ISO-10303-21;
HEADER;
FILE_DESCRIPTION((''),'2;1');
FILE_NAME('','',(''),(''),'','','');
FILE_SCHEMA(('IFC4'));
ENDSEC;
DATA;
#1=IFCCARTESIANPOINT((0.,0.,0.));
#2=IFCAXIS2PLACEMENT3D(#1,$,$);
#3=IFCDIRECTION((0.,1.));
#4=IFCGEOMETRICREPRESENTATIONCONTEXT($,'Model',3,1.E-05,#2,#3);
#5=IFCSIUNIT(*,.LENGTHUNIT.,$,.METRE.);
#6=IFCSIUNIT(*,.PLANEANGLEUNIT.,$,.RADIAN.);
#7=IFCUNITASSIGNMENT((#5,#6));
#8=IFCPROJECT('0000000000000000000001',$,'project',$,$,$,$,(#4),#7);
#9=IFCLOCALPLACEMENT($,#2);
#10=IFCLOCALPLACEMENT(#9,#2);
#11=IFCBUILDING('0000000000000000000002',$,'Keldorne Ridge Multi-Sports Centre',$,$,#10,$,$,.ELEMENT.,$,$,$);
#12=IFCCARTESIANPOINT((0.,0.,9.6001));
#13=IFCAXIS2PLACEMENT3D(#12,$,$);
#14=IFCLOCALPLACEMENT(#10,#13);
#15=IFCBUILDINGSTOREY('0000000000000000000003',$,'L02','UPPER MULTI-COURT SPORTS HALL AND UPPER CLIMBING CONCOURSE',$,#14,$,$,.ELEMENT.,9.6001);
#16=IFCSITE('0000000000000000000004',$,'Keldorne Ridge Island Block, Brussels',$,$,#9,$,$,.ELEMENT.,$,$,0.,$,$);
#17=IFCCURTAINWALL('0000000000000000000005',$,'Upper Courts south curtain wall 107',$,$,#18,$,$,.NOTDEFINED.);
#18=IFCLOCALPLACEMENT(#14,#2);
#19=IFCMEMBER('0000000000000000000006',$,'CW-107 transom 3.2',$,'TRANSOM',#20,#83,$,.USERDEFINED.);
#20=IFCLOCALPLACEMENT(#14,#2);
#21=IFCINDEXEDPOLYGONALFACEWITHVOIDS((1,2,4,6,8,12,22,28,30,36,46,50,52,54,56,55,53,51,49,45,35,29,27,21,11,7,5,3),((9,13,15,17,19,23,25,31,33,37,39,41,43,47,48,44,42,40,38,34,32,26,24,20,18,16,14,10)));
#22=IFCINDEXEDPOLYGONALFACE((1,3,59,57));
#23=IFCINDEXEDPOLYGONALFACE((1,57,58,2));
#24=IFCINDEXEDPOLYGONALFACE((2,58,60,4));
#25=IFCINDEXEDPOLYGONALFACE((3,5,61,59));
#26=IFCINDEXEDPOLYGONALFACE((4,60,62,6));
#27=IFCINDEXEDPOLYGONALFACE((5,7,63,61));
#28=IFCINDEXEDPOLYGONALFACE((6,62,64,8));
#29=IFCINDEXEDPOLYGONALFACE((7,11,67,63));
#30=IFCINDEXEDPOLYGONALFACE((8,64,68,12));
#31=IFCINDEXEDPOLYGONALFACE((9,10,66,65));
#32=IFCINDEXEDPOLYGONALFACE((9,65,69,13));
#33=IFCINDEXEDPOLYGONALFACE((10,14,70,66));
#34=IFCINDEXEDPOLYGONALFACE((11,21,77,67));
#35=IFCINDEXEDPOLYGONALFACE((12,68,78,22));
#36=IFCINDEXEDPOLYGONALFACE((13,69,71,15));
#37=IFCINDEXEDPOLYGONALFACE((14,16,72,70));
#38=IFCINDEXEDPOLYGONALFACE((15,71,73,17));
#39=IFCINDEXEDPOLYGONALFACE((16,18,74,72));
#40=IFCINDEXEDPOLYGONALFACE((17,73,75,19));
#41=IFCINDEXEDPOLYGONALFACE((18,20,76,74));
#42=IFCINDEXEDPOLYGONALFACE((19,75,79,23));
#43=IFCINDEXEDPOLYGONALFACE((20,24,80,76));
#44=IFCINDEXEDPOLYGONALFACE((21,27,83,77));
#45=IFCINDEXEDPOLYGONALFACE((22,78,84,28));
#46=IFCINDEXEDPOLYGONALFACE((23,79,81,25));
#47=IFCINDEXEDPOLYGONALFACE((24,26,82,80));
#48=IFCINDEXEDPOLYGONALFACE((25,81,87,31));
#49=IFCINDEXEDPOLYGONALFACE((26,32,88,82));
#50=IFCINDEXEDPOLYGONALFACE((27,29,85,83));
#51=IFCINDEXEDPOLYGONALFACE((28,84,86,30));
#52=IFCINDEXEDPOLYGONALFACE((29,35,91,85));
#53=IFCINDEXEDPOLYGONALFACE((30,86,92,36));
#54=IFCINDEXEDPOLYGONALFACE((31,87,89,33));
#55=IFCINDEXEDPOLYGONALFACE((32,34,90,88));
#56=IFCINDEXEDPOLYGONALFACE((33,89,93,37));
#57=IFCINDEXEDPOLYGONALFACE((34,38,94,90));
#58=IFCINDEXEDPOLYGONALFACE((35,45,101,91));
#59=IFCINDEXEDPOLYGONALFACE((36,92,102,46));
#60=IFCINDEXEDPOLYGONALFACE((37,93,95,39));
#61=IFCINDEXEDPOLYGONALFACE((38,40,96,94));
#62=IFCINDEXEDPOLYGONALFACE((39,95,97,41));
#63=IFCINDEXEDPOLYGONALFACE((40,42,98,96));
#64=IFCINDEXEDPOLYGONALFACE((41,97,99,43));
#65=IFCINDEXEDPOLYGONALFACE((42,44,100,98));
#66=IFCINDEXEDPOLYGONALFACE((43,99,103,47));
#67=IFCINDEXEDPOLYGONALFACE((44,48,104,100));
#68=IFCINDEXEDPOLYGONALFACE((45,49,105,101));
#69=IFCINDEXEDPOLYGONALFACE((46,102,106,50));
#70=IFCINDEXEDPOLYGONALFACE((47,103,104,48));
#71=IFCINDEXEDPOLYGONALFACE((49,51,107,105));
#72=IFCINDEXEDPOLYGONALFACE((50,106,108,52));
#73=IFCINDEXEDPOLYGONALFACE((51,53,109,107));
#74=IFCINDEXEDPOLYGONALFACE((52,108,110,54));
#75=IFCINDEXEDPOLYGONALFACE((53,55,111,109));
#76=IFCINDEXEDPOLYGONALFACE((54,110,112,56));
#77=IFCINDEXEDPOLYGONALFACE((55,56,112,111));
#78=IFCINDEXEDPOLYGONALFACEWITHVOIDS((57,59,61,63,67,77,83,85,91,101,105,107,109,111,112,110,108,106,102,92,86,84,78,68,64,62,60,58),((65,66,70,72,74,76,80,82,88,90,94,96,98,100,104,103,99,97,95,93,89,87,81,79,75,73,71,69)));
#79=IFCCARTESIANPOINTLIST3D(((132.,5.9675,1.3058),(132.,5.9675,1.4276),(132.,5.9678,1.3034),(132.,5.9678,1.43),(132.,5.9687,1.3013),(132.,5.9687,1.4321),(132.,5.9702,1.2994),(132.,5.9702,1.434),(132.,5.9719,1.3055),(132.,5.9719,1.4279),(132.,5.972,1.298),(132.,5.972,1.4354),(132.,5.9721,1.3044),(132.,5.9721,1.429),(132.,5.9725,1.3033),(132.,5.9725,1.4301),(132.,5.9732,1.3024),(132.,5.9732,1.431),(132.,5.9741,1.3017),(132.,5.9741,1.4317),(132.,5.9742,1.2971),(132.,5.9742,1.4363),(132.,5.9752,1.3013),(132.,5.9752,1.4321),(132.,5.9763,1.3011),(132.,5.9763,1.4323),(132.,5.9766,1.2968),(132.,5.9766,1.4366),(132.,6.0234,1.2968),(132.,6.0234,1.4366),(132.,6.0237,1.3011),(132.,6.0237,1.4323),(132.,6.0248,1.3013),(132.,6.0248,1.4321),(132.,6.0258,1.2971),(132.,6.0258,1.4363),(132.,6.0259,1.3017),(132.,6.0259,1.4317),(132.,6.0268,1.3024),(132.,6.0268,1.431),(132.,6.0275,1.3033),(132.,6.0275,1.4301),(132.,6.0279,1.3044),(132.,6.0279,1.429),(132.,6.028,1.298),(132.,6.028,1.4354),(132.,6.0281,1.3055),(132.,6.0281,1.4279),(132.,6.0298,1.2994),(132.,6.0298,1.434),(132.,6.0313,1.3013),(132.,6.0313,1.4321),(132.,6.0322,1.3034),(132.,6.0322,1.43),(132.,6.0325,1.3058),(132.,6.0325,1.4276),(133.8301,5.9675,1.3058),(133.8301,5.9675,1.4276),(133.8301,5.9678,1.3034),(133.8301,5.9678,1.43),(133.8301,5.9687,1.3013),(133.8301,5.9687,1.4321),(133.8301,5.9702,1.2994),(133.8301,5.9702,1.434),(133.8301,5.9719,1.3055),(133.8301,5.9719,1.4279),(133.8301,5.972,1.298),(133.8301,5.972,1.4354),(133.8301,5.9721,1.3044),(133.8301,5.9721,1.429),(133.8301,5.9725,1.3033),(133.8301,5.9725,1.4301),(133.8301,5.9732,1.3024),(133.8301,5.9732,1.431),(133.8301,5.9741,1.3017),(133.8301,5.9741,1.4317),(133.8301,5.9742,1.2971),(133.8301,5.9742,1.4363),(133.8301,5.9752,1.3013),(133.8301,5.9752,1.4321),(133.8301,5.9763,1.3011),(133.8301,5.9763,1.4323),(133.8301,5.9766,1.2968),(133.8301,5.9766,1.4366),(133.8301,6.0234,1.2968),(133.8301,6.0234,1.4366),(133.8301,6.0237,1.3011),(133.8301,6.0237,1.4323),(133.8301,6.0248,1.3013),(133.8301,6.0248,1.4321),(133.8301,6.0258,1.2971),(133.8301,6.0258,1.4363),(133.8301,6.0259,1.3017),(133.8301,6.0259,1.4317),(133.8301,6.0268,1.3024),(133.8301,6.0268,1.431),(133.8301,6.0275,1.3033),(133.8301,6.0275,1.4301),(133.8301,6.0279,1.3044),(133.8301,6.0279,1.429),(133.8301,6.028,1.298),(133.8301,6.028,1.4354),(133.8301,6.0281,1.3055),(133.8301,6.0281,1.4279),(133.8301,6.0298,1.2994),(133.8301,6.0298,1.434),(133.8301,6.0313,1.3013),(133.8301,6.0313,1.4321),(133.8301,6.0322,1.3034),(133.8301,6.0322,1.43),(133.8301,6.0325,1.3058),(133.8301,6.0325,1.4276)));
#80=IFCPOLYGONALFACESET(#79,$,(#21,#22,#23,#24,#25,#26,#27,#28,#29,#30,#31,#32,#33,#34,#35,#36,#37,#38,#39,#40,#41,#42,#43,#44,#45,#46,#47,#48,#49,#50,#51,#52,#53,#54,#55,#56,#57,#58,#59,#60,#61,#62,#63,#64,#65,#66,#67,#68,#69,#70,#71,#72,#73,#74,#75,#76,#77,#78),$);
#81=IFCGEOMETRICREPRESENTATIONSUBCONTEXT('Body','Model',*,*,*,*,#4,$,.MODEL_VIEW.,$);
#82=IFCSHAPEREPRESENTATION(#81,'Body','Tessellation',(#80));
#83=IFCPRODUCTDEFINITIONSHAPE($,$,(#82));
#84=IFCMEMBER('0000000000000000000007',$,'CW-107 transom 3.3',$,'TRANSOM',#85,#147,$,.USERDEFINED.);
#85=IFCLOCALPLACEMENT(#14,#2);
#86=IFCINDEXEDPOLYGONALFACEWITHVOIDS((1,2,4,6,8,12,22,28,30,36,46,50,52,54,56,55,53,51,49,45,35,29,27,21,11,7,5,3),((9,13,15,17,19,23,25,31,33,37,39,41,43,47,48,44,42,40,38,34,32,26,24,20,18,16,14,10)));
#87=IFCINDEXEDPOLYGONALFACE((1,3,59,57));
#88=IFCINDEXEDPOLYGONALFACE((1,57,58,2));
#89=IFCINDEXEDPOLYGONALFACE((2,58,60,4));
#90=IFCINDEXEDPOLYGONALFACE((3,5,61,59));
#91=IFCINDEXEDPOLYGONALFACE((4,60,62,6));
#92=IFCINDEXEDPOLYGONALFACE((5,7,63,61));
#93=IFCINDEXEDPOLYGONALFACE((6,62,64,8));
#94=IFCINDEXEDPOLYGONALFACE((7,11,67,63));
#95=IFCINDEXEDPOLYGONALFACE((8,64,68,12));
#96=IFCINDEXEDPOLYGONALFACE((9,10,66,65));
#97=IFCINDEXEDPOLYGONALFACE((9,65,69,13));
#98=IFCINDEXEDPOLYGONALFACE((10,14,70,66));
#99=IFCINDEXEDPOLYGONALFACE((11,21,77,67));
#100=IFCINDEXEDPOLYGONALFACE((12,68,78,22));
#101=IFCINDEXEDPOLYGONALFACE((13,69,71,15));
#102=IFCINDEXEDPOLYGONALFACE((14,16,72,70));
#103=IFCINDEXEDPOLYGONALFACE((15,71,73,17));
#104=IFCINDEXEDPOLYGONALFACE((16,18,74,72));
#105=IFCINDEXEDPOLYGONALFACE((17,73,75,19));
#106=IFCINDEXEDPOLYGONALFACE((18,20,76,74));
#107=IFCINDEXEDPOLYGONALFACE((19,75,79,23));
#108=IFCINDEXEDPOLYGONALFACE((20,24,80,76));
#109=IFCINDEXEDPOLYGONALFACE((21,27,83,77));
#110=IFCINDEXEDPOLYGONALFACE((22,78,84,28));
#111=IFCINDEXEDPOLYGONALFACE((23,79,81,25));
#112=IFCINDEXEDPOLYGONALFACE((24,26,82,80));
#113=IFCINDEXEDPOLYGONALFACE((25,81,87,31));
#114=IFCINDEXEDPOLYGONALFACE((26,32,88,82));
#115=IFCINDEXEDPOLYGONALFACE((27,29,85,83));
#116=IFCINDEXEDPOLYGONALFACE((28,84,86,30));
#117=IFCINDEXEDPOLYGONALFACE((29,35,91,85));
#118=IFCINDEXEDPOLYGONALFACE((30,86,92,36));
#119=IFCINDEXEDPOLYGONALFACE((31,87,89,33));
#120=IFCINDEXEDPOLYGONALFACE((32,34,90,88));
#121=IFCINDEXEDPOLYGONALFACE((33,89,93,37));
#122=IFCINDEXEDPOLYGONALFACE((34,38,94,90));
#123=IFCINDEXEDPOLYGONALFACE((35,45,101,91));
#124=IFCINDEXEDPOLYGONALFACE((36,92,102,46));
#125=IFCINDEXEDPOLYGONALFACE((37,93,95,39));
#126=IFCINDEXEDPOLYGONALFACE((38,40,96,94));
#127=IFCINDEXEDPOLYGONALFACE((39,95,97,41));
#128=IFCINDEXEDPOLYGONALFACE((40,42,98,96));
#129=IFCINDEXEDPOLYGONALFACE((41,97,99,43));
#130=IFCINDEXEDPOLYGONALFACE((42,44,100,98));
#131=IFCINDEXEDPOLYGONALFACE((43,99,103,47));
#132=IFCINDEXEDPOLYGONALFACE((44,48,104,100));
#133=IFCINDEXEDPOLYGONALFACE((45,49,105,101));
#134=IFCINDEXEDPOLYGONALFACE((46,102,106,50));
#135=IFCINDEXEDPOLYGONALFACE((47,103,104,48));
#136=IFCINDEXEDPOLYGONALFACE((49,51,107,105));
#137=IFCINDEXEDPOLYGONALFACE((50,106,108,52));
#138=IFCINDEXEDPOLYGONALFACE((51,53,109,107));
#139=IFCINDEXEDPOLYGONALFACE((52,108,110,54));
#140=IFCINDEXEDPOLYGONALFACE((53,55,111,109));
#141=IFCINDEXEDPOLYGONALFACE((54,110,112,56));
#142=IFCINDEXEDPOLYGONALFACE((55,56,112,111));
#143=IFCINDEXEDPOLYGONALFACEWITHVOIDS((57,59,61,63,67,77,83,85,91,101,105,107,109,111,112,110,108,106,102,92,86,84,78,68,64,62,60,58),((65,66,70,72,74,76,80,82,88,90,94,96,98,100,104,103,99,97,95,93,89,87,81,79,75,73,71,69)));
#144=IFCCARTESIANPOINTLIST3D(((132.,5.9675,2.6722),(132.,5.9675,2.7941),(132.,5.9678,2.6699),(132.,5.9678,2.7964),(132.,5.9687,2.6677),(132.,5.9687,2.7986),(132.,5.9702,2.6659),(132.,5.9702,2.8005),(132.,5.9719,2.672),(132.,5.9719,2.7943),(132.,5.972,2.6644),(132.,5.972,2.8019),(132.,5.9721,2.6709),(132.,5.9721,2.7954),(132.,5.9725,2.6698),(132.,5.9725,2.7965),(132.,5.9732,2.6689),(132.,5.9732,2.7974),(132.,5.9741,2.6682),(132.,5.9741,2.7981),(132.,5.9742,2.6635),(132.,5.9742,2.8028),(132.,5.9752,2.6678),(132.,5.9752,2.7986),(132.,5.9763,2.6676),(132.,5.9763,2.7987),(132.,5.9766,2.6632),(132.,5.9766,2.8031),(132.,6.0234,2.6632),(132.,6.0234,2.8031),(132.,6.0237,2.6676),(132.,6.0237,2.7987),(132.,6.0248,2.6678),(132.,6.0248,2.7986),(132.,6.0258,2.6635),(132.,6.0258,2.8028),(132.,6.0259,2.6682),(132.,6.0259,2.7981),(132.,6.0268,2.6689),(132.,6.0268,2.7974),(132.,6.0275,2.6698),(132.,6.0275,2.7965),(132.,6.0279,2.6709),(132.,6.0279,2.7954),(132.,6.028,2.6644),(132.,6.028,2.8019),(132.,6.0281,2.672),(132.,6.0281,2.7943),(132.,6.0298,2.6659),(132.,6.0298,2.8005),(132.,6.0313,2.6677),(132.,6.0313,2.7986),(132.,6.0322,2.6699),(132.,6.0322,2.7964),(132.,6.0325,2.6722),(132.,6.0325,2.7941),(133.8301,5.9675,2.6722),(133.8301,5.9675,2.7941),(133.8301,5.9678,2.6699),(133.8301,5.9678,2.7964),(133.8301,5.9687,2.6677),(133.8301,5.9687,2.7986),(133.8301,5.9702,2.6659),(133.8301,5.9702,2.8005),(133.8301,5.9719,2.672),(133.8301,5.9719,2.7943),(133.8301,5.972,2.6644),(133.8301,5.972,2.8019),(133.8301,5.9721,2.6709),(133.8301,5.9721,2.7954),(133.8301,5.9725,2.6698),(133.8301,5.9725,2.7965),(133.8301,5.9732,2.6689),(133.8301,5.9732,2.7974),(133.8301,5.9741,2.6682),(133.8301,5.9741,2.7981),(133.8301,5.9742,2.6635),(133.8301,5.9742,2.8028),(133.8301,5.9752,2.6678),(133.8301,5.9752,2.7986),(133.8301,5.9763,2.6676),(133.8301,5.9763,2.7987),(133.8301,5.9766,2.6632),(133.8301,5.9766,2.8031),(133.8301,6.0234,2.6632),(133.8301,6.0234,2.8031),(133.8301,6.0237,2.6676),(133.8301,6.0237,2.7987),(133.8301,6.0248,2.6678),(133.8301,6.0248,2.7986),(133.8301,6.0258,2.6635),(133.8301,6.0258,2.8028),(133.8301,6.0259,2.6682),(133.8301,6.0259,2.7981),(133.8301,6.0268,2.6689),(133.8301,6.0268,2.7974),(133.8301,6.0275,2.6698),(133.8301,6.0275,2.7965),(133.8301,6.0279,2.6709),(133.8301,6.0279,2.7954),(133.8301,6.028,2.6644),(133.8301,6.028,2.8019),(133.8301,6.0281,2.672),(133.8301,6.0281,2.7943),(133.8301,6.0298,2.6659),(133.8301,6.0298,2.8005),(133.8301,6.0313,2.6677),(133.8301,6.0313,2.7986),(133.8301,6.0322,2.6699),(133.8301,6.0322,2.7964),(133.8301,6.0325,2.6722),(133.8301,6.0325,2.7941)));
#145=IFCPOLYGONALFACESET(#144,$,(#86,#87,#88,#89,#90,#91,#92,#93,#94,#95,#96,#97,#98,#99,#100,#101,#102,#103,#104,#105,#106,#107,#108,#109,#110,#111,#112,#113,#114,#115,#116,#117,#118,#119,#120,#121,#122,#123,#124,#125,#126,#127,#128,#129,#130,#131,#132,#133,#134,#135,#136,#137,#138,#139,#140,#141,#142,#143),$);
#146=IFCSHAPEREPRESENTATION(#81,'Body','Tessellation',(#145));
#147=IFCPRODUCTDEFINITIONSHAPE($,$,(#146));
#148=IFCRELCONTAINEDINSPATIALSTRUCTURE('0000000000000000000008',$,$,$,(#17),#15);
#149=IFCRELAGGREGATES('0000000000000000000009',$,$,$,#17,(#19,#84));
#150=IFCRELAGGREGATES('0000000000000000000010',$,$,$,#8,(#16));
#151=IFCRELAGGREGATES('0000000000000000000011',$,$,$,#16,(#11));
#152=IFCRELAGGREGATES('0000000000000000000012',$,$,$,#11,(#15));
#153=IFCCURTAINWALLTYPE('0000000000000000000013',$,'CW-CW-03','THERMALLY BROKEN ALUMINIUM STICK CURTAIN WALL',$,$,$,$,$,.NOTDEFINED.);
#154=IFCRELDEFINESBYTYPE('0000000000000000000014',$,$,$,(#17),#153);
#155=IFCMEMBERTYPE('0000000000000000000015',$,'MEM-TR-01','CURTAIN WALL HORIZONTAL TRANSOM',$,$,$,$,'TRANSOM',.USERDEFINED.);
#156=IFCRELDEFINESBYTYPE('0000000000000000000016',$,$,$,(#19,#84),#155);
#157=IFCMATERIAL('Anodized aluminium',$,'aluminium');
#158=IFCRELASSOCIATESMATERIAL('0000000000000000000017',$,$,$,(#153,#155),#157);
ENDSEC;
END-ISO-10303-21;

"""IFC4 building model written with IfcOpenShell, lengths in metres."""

from ifc_helpers import new_model, si_unit, direction, frame, origin, origin_2d, place, context, subcontext, project, spatial, hollow_rectangle, extrude, material, material_profile, profile_set, type_object, element, aggregate, save


model = new_model("IFC4")

# Units and contexts
model_context = context("Model", 3, precision=1e-05, world=origin(), true_north=direction((0.0, 1.0)))
body_context = subcontext(model_context, "Body", "Model", "MODEL_VIEW")
ifc_project = project(units=[si_unit("LENGTHUNIT", "METRE"), si_unit("PLANEANGLEUNIT", "RADIAN")], contexts=[model_context])

# Site, building, storey
site_placement = place(None, origin())
site = spatial("IfcSite", under=ifc_project, at=site_placement, Name="Keldorne Ridge Island Block, Brussels", CompositionType="ELEMENT", RefElevation=0.0)
building_placement = place(site_placement, origin())
building = spatial("IfcBuilding", under=site, at=building_placement, Name="Keldorne Ridge Multi-Sports Centre", CompositionType="ELEMENT")
storey_placement = place(building_placement, frame((0.0, 0.0, 9.6001)))
storey = spatial("IfcBuildingStorey", under=building, at=storey_placement, Name="L02", Description="UPPER MULTI-COURT SPORTS HALL AND UPPER CLIMBING CONCOURSE", CompositionType="ELEMENT", Elevation=9.6001)

# Curtain wall, members
ifc_material_1 = material(Name="Anodized aluminium", Category="aluminium")
curtain_wall_type = type_object("IfcCurtainWallType", Name="CW-CW-03", Description="THERMALLY BROKEN ALUMINIUM STICK CURTAIN WALL", PredefinedType="NOTDEFINED", material=ifc_material_1)
curtain_wall_placement = place(storey_placement, origin())
curtain_wall = element("IfcCurtainWall", 1, at=curtain_wall_placement, inside=storey, type_object=curtain_wall_type, Name="Upper Courts south curtain wall 107", PredefinedType="NOTDEFINED")
ifc_material_profile_1 = material_profile(ifc_material_1, hollow_rectangle(XDim=0.0649, YDim=0.1399, WallThickness=0.0044, InnerFilletRadius=0.0044, OuterFilletRadius=0.009, at=origin_2d()), Name="ALU TRANSOM 140x65x4.5")
ifc_profile_set_1 = profile_set([ifc_material_profile_1], Name="Anodized aluminium")
member_type_1 = type_object("IfcMemberType", Name="MEM-TR-01", Description="CURTAIN WALL HORIZONTAL TRANSOM", ElementType="TRANSOM", PredefinedType="USERDEFINED", material=ifc_profile_set_1)
member_1_placement = place(storey_placement, frame((132.0, 6.0, 1.3667), z_axis=(1.0, 0.0, 0.0), x_axis=(0.0, 1.0, 0.0)))
member_1 = element("IfcMember", 2, at=member_1_placement, type_object=member_type_1, Name="CW-107 transom 3.2", ObjectType="TRANSOM", PredefinedType="USERDEFINED", context=body_context, shape_type="SweptSolid", body=[
    extrude(hollow_rectangle(XDim=0.0649, YDim=0.1399, WallThickness=0.0044, InnerFilletRadius=0.0044, OuterFilletRadius=0.009, at=origin_2d()), origin(), (0.0, 0.0, 1.0), 1.8301),
])
member_2_placement = place(storey_placement, frame((132.0, 6.0, 2.7332), z_axis=(1.0, 0.0, 0.0), x_axis=(0.0, 1.0, 0.0)))
member_2 = element("IfcMember", 3, at=member_2_placement, type_object=member_type_1, Name="CW-107 transom 3.3", ObjectType="TRANSOM", PredefinedType="USERDEFINED", context=body_context, shape_type="SweptSolid", body=[
    extrude(hollow_rectangle(XDim=0.0649, YDim=0.1399, WallThickness=0.0044, InnerFilletRadius=0.0044, OuterFilletRadius=0.009, at=origin_2d()), origin(), (0.0, 0.0, 1.0), 1.8301),
])
aggregate(curtain_wall, [member_1, member_2])

save(model, "model.ifc")
